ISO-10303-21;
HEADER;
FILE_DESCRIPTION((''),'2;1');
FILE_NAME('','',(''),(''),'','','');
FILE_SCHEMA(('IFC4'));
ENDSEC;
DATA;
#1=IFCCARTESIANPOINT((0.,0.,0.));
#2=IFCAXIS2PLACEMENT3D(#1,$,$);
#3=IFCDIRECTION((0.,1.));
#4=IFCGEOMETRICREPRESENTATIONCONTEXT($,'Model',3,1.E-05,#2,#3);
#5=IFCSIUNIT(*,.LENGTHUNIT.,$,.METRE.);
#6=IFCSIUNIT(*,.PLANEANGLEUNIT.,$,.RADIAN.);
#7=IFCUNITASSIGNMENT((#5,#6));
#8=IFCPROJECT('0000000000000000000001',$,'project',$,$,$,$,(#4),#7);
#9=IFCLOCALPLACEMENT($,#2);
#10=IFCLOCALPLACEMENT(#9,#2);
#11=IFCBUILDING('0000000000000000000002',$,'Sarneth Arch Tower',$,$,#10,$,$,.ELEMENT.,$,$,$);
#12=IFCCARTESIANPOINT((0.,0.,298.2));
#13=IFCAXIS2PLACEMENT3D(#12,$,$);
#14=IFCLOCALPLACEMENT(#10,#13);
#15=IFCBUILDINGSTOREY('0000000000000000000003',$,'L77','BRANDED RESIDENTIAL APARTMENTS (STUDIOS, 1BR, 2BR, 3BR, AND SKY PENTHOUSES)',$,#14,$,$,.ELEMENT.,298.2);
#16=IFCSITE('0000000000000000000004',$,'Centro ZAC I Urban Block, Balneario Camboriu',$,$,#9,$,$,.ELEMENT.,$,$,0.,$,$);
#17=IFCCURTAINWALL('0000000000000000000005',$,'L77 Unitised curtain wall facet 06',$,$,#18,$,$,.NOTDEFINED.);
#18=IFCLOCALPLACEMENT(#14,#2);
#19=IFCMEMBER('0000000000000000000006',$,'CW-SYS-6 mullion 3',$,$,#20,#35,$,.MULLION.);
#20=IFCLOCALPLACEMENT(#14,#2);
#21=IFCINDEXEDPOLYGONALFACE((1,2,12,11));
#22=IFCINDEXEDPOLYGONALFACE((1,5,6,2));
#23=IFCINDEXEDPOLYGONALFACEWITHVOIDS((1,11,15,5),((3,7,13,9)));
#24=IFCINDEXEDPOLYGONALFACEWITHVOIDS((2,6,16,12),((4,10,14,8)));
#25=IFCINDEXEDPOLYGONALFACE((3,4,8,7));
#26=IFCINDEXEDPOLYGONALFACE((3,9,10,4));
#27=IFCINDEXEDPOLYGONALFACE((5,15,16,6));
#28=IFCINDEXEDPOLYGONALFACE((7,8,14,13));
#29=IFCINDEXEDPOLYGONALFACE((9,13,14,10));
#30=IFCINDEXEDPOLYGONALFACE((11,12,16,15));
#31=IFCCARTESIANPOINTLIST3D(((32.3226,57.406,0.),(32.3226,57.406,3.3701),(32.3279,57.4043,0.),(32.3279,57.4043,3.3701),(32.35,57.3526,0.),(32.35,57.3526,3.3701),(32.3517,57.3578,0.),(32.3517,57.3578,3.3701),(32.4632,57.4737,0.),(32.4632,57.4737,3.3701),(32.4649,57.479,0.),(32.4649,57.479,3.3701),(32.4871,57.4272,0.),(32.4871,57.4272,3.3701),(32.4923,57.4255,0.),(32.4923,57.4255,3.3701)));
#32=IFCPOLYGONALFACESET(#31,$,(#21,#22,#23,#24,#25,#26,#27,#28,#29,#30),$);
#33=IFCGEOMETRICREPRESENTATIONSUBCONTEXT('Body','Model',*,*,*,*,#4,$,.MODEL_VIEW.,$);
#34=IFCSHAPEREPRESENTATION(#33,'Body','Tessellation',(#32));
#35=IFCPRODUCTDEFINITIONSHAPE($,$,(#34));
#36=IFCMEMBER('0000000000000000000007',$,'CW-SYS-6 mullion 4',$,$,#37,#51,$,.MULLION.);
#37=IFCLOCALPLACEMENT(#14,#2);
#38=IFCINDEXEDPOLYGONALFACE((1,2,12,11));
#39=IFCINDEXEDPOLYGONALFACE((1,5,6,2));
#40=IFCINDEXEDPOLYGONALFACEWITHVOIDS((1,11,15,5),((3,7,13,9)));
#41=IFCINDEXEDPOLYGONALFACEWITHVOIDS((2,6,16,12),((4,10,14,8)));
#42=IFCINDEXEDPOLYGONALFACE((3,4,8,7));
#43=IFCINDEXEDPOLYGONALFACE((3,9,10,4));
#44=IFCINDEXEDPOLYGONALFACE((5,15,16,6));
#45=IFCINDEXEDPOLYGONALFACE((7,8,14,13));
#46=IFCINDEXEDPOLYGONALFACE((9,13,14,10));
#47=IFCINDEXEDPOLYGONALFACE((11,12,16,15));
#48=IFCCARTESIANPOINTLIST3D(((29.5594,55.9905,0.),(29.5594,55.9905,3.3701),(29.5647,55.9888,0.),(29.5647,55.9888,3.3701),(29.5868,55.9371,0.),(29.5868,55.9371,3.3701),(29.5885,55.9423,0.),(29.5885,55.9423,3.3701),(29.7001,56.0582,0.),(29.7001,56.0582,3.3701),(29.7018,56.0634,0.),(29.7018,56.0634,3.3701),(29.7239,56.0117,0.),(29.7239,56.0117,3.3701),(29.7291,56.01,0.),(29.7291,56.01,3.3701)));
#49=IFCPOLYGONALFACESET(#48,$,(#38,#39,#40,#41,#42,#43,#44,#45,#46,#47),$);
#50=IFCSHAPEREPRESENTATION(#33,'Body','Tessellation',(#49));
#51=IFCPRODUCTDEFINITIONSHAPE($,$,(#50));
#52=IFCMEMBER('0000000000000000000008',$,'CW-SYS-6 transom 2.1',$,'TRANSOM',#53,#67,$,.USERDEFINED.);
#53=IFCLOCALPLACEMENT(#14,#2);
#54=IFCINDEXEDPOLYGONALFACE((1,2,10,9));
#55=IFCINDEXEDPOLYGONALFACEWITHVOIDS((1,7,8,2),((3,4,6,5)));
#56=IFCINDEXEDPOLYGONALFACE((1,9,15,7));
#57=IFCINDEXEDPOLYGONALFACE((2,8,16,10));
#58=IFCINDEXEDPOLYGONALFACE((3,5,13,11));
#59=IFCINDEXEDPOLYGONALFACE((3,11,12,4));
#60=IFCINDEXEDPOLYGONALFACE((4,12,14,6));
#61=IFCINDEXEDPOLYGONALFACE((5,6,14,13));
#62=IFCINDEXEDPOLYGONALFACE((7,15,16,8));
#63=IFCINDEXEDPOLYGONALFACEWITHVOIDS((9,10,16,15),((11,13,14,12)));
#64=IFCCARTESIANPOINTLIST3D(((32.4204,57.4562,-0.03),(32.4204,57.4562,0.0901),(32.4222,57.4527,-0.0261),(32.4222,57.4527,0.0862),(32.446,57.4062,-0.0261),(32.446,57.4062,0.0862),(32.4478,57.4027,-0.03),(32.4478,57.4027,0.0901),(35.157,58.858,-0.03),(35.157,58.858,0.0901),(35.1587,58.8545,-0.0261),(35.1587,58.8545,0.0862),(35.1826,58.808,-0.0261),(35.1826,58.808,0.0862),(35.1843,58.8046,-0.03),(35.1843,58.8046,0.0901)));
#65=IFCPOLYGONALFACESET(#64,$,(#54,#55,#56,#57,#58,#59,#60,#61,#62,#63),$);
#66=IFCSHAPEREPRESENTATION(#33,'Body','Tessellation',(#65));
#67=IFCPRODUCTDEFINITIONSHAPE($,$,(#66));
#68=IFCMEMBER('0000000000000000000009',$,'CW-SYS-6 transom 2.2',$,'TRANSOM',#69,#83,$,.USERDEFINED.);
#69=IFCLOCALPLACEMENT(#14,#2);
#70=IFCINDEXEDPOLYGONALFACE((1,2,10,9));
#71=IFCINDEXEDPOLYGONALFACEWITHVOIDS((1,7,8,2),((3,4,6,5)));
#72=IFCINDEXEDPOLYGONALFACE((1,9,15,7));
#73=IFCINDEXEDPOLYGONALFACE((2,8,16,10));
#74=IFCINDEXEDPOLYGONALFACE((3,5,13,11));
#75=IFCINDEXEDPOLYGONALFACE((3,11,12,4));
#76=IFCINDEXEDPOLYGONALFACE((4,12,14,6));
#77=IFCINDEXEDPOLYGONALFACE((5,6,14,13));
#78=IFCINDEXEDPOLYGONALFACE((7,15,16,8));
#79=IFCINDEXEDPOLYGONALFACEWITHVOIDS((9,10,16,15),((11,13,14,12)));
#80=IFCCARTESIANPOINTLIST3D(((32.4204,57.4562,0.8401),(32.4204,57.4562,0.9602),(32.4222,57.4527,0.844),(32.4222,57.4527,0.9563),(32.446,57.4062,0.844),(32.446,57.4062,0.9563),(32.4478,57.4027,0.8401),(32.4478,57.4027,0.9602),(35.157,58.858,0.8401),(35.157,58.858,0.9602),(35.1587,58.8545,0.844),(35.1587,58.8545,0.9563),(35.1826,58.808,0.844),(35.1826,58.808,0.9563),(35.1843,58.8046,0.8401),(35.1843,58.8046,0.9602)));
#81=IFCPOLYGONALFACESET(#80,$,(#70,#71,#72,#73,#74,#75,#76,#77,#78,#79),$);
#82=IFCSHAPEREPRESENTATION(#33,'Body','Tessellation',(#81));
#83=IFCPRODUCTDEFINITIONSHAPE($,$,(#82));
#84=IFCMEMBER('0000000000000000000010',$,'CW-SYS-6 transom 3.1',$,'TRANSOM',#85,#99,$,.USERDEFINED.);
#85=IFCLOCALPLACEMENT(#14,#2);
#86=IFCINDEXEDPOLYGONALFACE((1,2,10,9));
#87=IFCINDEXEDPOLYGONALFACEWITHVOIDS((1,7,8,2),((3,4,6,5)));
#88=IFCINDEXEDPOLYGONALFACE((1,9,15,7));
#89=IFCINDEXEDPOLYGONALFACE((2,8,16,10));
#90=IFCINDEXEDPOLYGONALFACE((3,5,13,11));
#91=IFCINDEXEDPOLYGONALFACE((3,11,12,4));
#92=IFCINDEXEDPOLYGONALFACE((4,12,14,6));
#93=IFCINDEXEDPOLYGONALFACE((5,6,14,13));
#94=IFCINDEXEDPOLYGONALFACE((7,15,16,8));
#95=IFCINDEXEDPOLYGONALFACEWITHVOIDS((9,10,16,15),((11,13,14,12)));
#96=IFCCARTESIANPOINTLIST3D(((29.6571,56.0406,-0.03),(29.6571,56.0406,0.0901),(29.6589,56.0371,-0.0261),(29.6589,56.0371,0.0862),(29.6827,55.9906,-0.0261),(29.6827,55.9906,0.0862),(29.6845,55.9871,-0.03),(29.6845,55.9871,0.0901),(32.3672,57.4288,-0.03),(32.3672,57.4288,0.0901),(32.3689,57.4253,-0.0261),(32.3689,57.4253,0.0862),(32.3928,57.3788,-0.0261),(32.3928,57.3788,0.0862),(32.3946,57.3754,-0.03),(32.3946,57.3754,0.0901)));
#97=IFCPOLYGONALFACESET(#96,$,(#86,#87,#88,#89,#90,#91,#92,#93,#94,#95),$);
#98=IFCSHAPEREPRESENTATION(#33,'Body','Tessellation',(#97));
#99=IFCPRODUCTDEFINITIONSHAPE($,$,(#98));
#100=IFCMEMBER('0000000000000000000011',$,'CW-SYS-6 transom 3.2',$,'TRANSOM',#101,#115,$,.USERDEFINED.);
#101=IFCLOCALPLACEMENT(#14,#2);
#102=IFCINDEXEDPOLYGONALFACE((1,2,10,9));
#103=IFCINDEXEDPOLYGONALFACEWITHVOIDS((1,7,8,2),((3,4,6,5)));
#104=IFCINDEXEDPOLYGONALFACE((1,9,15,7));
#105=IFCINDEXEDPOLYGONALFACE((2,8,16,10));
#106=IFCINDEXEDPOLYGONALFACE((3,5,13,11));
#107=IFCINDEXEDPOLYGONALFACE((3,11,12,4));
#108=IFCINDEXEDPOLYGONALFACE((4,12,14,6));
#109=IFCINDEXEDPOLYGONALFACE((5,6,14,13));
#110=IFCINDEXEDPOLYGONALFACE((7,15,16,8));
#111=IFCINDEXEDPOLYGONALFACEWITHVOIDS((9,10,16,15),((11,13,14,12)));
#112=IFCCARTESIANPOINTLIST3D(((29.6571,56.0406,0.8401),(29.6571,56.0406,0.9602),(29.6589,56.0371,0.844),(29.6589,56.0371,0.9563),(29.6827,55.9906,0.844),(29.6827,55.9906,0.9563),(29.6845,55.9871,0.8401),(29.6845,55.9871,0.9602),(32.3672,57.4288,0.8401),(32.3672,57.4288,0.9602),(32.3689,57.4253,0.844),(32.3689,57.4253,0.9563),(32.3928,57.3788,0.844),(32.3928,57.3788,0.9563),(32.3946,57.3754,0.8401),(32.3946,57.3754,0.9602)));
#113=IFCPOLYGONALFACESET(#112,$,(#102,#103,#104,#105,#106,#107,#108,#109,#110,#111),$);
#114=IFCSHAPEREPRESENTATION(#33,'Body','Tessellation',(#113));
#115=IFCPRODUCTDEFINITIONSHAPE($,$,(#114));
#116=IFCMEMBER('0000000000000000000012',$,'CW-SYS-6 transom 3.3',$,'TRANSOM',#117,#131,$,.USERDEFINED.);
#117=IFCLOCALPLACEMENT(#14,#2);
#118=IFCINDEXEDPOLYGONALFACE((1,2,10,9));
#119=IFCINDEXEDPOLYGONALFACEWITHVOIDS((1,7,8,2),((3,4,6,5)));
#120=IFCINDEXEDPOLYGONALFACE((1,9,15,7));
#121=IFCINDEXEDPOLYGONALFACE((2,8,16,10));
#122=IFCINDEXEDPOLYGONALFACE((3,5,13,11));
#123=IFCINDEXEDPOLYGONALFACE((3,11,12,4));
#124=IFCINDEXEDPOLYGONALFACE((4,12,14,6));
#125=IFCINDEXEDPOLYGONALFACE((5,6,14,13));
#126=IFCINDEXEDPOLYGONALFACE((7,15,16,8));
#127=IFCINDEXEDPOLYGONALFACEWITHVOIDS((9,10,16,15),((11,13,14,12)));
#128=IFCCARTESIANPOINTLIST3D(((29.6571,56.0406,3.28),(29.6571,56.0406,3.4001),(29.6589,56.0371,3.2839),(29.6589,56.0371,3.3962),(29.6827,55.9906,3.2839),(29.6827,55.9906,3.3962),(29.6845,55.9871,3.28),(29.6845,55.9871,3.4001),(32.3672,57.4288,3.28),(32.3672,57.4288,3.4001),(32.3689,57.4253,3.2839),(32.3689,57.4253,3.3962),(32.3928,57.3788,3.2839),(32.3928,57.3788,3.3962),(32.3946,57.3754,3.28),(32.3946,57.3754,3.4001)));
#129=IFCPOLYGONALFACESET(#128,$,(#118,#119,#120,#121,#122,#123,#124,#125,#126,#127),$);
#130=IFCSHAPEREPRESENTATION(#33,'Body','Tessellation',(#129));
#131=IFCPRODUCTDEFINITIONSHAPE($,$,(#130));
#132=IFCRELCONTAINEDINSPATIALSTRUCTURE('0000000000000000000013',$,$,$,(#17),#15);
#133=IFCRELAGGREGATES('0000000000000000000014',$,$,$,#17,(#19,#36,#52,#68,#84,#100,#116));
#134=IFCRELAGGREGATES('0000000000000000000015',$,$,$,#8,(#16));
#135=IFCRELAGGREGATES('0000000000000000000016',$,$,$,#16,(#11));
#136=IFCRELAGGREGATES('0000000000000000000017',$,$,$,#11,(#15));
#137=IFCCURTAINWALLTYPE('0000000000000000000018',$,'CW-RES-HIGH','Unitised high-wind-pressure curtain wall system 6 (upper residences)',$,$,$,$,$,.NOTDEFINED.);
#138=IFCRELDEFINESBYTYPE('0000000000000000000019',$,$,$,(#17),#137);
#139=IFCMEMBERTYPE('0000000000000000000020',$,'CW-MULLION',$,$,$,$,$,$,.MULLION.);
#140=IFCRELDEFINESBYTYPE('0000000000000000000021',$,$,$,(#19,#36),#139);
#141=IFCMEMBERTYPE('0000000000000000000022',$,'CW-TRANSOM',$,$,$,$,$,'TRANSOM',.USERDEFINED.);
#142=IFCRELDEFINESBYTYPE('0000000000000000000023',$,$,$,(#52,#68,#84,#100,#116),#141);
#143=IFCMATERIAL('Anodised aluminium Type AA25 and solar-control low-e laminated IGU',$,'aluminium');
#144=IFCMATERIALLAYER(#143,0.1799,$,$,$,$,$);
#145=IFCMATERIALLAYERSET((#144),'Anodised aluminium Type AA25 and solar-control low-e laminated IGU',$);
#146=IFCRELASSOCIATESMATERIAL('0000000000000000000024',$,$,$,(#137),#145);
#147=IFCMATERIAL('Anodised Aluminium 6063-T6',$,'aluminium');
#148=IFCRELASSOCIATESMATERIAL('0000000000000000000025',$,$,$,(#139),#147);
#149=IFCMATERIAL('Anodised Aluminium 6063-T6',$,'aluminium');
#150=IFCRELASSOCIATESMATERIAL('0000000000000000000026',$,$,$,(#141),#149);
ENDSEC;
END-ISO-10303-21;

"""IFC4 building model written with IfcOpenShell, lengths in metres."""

from ifc_helpers import new_model, si_unit, direction, frame, origin, origin_2d, place, context, subcontext, project, spatial, hollow_rectangle, extrude, material, layer, layer_set, material_profile, profile_set, type_object, element, aggregate, save


model = new_model("IFC4")

# Units and contexts
model_context = context("Model", 3, precision=1e-05, world=origin(), true_north=direction((0.0, 1.0)))
body_context = subcontext(model_context, "Body", "Model", "MODEL_VIEW")
ifc_project = project(units=[si_unit("LENGTHUNIT", "METRE"), si_unit("PLANEANGLEUNIT", "RADIAN")], contexts=[model_context])

# Site, building, storey
site_placement = place(None, origin())
site = spatial("IfcSite", under=ifc_project, at=site_placement, Name="Centro ZAC I Urban Block, Balneario Camboriu", CompositionType="ELEMENT", RefElevation=0.0)
building_placement = place(site_placement, origin())
building = spatial("IfcBuilding", under=site, at=building_placement, Name="Sarneth Arch Tower", CompositionType="ELEMENT")
storey_placement = place(building_placement, frame((0.0, 0.0, 298.2)))
storey = spatial("IfcBuildingStorey", under=building, at=storey_placement, Name="L77", Description="BRANDED RESIDENTIAL APARTMENTS (STUDIOS, 1BR, 2BR, 3BR, AND SKY PENTHOUSES)", CompositionType="ELEMENT", Elevation=298.2)

# Curtain wall, members
ifc_material_1 = material(Name="Anodised aluminium Type AA25 and solar-control low-e laminated IGU", Category="aluminium")
ifc_layer_1 = layer(ifc_material_1, 0.1799)
ifc_layer_set_1 = layer_set([ifc_layer_1], Name="Anodised aluminium Type AA25 and solar-control low-e laminated IGU")
curtain_wall_type = type_object("IfcCurtainWallType", Name="CW-RES-HIGH", Description="Unitised high-wind-pressure curtain wall system 6 (upper residences)", PredefinedType="NOTDEFINED", material=ifc_layer_set_1)
curtain_wall_placement = place(storey_placement, origin())
curtain_wall = element("IfcCurtainWall", 1, at=curtain_wall_placement, inside=storey, type_object=curtain_wall_type, Name="L77 Unitised curtain wall facet 06", PredefinedType="NOTDEFINED")
ifc_material_2 = material(Name="Anodised Aluminium 6063-T6", Category="aluminium")
ifc_material_profile_1 = material_profile(ifc_material_2, hollow_rectangle(XDim=0.0601, YDim=0.1599, WallThickness=0.0039, at=origin_2d()), Name="AL-MULL-160x60x4")
ifc_profile_set_1 = profile_set([ifc_material_profile_1], Name="Anodised Aluminium 6063-T6")
member_type_1 = type_object("IfcMemberType", Name="CW-MULLION", PredefinedType="MULLION", material=ifc_profile_set_1)
member_1_placement = place(storey_placement, frame((32.4075, 57.4158, 0.0), z_axis=(0.0, 0.0, 1.0), x_axis=(0.455942, -0.89001, 0.0)))
member_1 = element("IfcMember", 2, at=member_1_placement, type_object=member_type_1, Name="CW-SYS-6 mullion 3", PredefinedType="MULLION", context=body_context, shape_type="SweptSolid", body=[
    extrude(hollow_rectangle(XDim=0.0601, YDim=0.1599, WallThickness=0.0039, at=origin_2d()), origin(), (0.0, 0.0, 1.0), 3.3701),
])
member_2_placement = place(storey_placement, frame((29.6443, 56.0002, 0.0), z_axis=(0.0, 0.0, 1.0), x_axis=(0.455942, -0.89001, 0.0)))
member_2 = element("IfcMember", 3, at=member_2_placement, type_object=member_type_1, Name="CW-SYS-6 mullion 4", PredefinedType="MULLION", context=body_context, shape_type="SweptSolid", body=[
    extrude(hollow_rectangle(XDim=0.0601, YDim=0.1599, WallThickness=0.0039, at=origin_2d()), origin(), (0.0, 0.0, 1.0), 3.3701),
])
ifc_material_3 = material(Name="Anodised Aluminium 6063-T6", Category="aluminium")
ifc_material_profile_2 = material_profile(ifc_material_3, hollow_rectangle(XDim=0.0601, YDim=0.1201, WallThickness=0.0039, at=origin_2d()), Name="AL-TRAN-120x60x4")
ifc_profile_set_2 = profile_set([ifc_material_profile_2], Name="Anodised Aluminium 6063-T6")
member_type_2 = type_object("IfcMemberType", Name="CW-TRANSOM", ElementType="TRANSOM", PredefinedType="USERDEFINED", material=ifc_profile_set_2)
member_3_placement = place(storey_placement, frame((35.1707, 58.8313, 0.03), z_axis=(-0.890017, -0.455926, 0.0), x_axis=(0.455926, -0.890017, 0.0)))
member_3 = element("IfcMember", 4, at=member_3_placement, type_object=member_type_2, Name="CW-SYS-6 transom 2.1", ObjectType="TRANSOM", PredefinedType="USERDEFINED", context=body_context, shape_type="SweptSolid", body=[
    extrude(hollow_rectangle(XDim=0.0601, YDim=0.1201, WallThickness=0.0039, at=origin_2d()), origin(), (0.0, 0.0, 1.0), 3.0747),
])
member_4_placement = place(storey_placement, frame((35.1707, 58.8313, 0.9001), z_axis=(-0.890017, -0.455926, 0.0), x_axis=(0.455926, -0.890017, 0.0)))
member_4 = element("IfcMember", 5, at=member_4_placement, type_object=member_type_2, Name="CW-SYS-6 transom 2.2", ObjectType="TRANSOM", PredefinedType="USERDEFINED", context=body_context, shape_type="SweptSolid", body=[
    extrude(hollow_rectangle(XDim=0.0601, YDim=0.1201, WallThickness=0.0039, at=origin_2d()), origin(), (0.0, 0.0, 1.0), 3.0747),
])
member_5_placement = place(storey_placement, frame((32.3809, 57.4021, 0.03), z_axis=(-0.890023, -0.455916, 0.0), x_axis=(0.455916, -0.890023, 0.0)))
member_5 = element("IfcMember", 6, at=member_5_placement, type_object=member_type_2, Name="CW-SYS-6 transom 3.1", ObjectType="TRANSOM", PredefinedType="USERDEFINED", context=body_context, shape_type="SweptSolid", body=[
    extrude(hollow_rectangle(XDim=0.0601, YDim=0.1201, WallThickness=0.0039, at=origin_2d()), origin(), (0.0, 0.0, 1.0), 3.0449),
])
member_6_placement = place(storey_placement, frame((32.3809, 57.4021, 0.9001), z_axis=(-0.890023, -0.455916, 0.0), x_axis=(0.455916, -0.890023, 0.0)))
member_6 = element("IfcMember", 7, at=member_6_placement, type_object=member_type_2, Name="CW-SYS-6 transom 3.2", ObjectType="TRANSOM", PredefinedType="USERDEFINED", context=body_context, shape_type="SweptSolid", body=[
    extrude(hollow_rectangle(XDim=0.0601, YDim=0.1201, WallThickness=0.0039, at=origin_2d()), origin(), (0.0, 0.0, 1.0), 3.0449),
])
member_7_placement = place(storey_placement, frame((32.3809, 57.4021, 3.3401), z_axis=(-0.890023, -0.455916, 0.0), x_axis=(0.455916, -0.890023, 0.0)))
member_7 = element("IfcMember", 8, at=member_7_placement, type_object=member_type_2, Name="CW-SYS-6 transom 3.3", ObjectType="TRANSOM", PredefinedType="USERDEFINED", context=body_context, shape_type="SweptSolid", body=[
    extrude(hollow_rectangle(XDim=0.0601, YDim=0.1201, WallThickness=0.0039, at=origin_2d()), origin(), (0.0, 0.0, 1.0), 3.0449),
])

aggregate(curtain_wall, [member_1, member_2, member_3, member_4, member_5, member_6, member_7])

save(model, "model.ifc")
